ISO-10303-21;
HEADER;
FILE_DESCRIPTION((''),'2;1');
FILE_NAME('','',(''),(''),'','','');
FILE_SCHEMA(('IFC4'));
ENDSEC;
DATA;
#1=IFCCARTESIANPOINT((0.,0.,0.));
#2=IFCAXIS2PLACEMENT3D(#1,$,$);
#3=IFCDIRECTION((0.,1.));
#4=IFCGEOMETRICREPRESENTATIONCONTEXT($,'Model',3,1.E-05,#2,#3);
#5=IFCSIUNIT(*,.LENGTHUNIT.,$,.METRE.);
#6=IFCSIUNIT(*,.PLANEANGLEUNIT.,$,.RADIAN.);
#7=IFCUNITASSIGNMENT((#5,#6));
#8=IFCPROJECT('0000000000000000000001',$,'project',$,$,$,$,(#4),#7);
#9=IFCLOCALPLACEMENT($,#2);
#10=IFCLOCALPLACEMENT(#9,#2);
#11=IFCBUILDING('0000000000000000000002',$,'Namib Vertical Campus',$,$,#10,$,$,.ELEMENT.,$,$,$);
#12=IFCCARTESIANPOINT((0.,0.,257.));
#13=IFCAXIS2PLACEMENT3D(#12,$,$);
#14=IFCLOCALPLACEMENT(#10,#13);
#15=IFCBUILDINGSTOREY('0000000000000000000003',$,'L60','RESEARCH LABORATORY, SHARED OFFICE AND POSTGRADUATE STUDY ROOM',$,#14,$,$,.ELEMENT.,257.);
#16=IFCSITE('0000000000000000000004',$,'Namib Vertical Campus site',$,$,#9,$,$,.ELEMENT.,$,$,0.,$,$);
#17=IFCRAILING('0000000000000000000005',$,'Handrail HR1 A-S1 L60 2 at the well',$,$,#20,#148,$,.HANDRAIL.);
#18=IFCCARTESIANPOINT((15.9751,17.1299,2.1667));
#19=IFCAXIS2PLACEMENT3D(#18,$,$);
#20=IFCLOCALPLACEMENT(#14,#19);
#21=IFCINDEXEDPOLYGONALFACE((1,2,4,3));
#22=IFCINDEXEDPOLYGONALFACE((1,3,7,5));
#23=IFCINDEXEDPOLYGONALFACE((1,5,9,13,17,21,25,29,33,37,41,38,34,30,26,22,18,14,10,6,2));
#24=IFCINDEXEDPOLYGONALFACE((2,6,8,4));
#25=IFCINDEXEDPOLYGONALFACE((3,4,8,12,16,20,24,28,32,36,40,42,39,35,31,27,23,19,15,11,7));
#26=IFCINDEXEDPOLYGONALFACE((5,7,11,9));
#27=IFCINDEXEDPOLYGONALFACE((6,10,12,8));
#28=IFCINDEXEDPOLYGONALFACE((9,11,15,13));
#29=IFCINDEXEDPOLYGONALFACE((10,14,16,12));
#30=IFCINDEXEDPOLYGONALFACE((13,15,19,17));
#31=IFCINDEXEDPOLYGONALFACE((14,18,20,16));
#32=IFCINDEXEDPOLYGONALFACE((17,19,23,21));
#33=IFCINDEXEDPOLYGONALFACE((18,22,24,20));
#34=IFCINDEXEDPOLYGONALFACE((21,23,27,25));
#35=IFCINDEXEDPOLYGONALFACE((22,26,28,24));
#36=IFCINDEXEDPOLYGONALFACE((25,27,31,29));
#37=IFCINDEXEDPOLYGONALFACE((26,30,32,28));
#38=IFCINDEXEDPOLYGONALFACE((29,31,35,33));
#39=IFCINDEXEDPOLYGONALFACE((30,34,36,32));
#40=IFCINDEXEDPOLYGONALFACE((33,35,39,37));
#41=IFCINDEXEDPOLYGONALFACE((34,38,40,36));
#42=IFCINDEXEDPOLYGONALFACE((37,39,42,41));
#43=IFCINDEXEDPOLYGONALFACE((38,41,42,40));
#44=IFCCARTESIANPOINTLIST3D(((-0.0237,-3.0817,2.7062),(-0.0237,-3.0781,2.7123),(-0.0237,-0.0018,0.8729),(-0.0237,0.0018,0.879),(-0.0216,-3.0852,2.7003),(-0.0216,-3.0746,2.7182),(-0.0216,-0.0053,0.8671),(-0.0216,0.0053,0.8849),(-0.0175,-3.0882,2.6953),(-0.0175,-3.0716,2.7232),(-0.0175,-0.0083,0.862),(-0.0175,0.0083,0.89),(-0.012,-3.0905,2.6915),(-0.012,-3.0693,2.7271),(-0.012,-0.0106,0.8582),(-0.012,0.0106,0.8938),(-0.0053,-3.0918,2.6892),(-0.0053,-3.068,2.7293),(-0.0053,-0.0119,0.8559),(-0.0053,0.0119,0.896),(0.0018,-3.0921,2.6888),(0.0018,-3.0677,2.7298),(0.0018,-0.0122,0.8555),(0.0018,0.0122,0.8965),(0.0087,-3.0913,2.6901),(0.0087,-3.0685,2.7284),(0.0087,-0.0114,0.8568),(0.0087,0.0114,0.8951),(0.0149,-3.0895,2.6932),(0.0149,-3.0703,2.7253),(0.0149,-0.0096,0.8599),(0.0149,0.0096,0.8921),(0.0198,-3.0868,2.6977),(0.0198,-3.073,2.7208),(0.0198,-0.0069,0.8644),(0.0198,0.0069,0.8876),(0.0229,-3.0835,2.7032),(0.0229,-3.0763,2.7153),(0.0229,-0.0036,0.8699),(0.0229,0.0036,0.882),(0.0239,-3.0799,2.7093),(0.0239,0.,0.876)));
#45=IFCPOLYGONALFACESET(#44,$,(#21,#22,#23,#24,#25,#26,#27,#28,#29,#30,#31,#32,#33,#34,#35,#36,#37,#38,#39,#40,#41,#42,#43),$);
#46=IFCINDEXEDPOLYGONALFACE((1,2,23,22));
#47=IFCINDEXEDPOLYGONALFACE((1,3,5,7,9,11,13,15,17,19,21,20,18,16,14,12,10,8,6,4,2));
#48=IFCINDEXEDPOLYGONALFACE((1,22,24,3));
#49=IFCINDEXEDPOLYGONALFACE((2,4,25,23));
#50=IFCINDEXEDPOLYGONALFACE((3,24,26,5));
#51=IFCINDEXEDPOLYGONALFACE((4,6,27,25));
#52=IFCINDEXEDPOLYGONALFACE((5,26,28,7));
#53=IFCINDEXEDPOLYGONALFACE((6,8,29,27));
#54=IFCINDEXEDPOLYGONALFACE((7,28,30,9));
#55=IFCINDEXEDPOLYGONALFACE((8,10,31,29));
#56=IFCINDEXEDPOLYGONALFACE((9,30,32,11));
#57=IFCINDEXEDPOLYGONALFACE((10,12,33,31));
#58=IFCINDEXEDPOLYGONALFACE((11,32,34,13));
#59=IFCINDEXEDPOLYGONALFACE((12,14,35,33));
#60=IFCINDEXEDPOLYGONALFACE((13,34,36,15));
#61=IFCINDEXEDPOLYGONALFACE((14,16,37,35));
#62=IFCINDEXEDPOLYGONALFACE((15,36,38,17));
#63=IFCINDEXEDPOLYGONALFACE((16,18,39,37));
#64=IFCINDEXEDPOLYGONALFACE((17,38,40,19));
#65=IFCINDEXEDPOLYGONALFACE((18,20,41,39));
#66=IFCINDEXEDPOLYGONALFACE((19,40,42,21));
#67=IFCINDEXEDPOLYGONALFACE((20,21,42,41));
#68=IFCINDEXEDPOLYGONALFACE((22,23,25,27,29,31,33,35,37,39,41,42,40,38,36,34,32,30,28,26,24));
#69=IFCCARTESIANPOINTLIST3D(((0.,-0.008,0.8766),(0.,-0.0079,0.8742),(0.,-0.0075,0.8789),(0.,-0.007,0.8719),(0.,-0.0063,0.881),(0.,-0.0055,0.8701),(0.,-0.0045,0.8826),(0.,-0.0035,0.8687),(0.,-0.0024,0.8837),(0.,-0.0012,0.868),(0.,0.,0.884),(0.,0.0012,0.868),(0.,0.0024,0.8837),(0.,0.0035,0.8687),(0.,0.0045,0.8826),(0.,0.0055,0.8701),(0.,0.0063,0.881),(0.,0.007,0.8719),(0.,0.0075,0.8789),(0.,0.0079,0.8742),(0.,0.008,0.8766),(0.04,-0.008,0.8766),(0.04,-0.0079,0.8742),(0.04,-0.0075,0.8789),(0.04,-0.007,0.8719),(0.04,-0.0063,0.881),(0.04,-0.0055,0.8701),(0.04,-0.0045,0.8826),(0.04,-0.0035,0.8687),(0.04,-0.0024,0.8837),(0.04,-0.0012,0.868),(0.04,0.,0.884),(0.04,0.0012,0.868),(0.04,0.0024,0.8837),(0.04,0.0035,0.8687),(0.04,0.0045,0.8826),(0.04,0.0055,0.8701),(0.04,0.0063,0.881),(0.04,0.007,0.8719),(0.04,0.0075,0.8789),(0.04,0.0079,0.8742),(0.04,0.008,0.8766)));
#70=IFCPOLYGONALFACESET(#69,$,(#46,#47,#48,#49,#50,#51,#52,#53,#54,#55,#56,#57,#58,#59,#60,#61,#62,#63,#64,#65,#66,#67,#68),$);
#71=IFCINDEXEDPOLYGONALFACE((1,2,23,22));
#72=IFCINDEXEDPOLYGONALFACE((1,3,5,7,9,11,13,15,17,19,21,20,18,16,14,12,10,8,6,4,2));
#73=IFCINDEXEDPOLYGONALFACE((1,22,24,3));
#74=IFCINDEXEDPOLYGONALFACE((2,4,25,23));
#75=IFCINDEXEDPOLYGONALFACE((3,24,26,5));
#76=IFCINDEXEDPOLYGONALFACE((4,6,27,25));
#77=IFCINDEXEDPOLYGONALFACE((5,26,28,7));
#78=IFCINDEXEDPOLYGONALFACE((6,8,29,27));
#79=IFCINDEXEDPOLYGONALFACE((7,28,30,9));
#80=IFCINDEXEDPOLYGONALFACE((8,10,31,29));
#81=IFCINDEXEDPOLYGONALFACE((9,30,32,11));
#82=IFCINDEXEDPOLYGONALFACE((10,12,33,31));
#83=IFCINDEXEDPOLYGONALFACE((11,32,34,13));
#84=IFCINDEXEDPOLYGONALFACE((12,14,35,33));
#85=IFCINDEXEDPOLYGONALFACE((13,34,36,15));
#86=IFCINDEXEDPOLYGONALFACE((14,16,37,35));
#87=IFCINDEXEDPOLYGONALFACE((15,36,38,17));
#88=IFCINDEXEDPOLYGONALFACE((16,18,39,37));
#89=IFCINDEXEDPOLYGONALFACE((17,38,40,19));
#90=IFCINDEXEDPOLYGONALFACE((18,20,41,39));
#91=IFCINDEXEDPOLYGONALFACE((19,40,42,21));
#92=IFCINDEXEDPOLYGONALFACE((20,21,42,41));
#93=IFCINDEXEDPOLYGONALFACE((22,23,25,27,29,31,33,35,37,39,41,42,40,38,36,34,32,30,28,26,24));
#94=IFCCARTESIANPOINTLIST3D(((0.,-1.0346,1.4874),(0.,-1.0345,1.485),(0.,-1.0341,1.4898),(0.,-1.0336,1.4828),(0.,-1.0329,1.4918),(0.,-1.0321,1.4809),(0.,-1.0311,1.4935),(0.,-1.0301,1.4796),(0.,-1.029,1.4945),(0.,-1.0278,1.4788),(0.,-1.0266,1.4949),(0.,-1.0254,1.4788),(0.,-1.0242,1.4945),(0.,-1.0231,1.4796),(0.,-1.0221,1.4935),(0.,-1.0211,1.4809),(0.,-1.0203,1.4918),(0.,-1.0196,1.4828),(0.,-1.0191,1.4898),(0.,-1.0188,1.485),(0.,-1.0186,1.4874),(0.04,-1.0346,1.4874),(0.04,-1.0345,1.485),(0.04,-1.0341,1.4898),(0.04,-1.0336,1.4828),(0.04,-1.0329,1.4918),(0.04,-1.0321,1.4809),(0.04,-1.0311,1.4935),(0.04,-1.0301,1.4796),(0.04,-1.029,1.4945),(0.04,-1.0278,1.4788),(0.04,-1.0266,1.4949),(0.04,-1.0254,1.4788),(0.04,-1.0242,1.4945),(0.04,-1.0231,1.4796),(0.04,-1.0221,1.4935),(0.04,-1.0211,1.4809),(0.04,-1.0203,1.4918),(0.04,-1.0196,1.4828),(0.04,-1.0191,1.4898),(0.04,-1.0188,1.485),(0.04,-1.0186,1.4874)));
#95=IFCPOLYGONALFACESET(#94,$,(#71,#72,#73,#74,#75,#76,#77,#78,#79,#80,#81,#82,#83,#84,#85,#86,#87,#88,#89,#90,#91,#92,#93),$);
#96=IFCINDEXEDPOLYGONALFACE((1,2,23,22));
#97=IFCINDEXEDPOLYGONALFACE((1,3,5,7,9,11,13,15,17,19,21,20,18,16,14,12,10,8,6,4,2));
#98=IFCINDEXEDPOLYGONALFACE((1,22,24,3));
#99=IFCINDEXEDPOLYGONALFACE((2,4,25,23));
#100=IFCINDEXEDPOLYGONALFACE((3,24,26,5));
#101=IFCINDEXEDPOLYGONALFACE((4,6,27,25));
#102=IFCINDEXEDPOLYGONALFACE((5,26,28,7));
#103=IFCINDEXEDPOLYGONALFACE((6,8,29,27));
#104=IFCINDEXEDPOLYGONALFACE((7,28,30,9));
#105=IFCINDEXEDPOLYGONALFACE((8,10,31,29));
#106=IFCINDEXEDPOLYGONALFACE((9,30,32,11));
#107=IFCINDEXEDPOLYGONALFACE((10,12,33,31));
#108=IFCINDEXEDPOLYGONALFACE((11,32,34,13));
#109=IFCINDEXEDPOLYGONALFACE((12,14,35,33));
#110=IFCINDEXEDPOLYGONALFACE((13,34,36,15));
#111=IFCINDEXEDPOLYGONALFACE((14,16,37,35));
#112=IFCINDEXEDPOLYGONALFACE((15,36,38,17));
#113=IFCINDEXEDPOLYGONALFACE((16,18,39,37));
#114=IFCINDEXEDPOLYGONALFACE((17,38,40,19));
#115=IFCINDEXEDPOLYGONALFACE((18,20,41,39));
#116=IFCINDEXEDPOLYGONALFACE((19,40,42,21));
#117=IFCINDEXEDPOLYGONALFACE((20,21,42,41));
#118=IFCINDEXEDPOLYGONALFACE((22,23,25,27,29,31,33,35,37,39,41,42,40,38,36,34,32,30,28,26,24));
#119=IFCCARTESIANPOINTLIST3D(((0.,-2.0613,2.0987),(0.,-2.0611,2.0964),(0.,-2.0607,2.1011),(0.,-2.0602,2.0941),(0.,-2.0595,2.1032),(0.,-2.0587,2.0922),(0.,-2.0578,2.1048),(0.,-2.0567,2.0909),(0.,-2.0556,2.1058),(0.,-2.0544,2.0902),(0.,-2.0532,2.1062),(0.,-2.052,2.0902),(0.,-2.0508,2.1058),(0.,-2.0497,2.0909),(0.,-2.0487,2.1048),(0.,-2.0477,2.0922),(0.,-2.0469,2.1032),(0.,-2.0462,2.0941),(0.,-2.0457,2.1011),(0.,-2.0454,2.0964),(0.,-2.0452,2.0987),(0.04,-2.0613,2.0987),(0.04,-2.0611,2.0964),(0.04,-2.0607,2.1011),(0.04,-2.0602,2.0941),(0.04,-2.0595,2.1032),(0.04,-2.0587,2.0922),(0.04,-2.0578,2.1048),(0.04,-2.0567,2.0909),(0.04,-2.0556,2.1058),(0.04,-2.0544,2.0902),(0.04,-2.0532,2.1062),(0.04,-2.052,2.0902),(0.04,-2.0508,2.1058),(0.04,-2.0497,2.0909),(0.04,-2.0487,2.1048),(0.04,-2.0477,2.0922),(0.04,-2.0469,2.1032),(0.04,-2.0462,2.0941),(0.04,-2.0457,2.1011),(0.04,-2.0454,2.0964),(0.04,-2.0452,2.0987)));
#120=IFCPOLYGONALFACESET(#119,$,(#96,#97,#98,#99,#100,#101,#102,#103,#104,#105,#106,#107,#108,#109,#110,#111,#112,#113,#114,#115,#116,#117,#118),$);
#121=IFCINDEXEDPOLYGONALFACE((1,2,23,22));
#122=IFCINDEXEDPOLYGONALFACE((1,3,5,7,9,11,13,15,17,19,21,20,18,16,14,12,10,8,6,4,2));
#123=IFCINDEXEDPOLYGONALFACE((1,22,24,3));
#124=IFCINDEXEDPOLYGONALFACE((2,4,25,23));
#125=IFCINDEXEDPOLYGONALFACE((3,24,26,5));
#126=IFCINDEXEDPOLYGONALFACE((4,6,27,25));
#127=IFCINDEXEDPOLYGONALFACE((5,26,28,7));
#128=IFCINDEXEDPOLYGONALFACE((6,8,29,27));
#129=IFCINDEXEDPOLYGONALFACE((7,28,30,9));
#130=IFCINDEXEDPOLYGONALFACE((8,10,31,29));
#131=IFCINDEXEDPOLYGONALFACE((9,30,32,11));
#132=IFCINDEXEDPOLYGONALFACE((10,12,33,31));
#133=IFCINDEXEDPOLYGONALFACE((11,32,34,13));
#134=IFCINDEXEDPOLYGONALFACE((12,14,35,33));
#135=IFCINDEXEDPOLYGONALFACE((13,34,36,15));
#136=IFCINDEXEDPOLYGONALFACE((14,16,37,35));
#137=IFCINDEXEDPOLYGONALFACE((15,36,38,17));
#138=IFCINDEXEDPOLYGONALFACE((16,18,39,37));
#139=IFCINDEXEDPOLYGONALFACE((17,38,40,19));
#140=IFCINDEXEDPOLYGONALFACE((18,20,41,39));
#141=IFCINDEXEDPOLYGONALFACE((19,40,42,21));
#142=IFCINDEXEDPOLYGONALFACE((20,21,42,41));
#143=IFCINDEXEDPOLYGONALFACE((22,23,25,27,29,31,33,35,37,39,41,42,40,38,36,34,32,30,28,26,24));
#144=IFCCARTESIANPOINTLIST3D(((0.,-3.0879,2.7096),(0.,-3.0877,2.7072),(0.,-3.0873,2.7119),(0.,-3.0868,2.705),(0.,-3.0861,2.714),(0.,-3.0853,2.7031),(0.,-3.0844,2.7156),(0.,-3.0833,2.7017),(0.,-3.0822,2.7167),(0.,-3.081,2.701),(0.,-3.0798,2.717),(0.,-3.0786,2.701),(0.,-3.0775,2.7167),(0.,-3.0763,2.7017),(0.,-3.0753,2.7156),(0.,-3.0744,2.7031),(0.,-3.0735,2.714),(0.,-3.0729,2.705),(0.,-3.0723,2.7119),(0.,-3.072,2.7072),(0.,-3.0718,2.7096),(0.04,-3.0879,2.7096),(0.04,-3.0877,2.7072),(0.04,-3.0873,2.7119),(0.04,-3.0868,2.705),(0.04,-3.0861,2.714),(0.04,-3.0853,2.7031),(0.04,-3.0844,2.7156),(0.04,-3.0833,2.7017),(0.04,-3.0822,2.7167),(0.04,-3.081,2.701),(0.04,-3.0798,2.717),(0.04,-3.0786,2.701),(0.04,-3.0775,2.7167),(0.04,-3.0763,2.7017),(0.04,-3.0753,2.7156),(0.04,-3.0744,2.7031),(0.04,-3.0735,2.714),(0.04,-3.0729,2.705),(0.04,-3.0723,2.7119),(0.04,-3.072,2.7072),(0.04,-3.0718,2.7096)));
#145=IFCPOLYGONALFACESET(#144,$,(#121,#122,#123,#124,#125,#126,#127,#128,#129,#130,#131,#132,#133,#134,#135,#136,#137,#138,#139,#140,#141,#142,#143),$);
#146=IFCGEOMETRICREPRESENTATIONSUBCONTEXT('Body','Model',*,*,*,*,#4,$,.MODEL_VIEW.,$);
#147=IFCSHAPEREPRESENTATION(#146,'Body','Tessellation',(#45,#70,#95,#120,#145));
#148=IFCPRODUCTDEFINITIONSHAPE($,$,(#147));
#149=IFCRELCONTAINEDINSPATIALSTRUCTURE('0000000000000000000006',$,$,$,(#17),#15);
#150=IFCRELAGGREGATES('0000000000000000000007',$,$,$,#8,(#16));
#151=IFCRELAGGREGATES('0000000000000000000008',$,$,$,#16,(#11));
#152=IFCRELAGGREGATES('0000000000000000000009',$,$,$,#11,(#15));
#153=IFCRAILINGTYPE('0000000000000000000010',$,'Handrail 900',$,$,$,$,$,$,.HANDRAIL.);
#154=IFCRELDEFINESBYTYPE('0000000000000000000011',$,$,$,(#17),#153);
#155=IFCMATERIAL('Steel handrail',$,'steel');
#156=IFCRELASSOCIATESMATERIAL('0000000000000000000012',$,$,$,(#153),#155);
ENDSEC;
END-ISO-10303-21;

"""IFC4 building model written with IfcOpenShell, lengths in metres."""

from ifc_helpers import new_model, si_unit, direction, frame, origin, origin_2d, place, context, subcontext, project, spatial, circle, extrude, material, type_object, element, save


model = new_model("IFC4")

# Units and contexts
model_context = context("Model", 3, precision=1e-05, world=origin(), true_north=direction((0.0, 1.0)))
body_context = subcontext(model_context, "Body", "Model", "MODEL_VIEW")
ifc_project = project(units=[si_unit("LENGTHUNIT", "METRE"), si_unit("PLANEANGLEUNIT", "RADIAN")], contexts=[model_context])

# Site, building, storey
site_placement = place(None, origin())
site = spatial("IfcSite", under=ifc_project, at=site_placement, Name="Namib Vertical Campus site", CompositionType="ELEMENT", RefElevation=0.0)
building_placement = place(site_placement, origin())
building = spatial("IfcBuilding", under=site, at=building_placement, Name="Namib Vertical Campus", CompositionType="ELEMENT")
storey_placement = place(building_placement, frame((0.0, 0.0, 257.0)))
storey = spatial("IfcBuildingStorey", under=building, at=storey_placement, Name="L60", Description="RESEARCH LABORATORY, SHARED OFFICE AND POSTGRADUATE STUDY ROOM", CompositionType="ELEMENT", Elevation=257.0)

# Railing
ifc_material_1 = material(Name="Steel handrail", Category="steel")
railing_type_1 = type_object("IfcRailingType", Name="Handrail 900", PredefinedType="HANDRAIL", material=ifc_material_1)
railing_1_placement = place(storey_placement, frame((15.9751, 17.1299, 2.1667)))
element("IfcRailing", 1, at=railing_1_placement, inside=storey, type_object=railing_type_1, Name="Handrail HR1 A-S1 L60 2 at the well", PredefinedType="HANDRAIL", context=body_context, shape_type="SweptSolid", body=[
    extrude(circle(Radius=0.0239, at=origin_2d()), frame((0.0, 0.0, 0.876), z_axis=(0.0, -0.859291, 0.511487), x_axis=(1.0, 0.0, 0.0)), (0.0, 0.0, 1.0), 3.5842),
    extrude(circle(Radius=0.0081, at=origin_2d()), frame((0.0, 0.0, 0.876), z_axis=(1.0, 0.0, 0.0), x_axis=(0.0, 0.0, 1.0)), (0.0, 0.0, 1.0), 0.04),
    extrude(circle(Radius=0.0081, at=origin_2d()), frame((0.0, -1.0266, 1.4868), z_axis=(1.0, 0.0, 0.0), x_axis=(0.0, 0.0, 1.0)), (0.0, 0.0, 1.0), 0.04),
    extrude(circle(Radius=0.0081, at=origin_2d()), frame((0.0, -2.0532, 2.0981), z_axis=(1.0, 0.0, 0.0), x_axis=(0.0, 0.0, 1.0)), (0.0, 0.0, 1.0), 0.04),
    extrude(circle(Radius=0.0081, at=origin_2d()), frame((0.0, -3.0798, 2.709), z_axis=(1.0, 0.0, 0.0), x_axis=(0.0, 0.0, 1.0)), (0.0, 0.0, 1.0), 0.04),
])

save(model, "model.ifc")
